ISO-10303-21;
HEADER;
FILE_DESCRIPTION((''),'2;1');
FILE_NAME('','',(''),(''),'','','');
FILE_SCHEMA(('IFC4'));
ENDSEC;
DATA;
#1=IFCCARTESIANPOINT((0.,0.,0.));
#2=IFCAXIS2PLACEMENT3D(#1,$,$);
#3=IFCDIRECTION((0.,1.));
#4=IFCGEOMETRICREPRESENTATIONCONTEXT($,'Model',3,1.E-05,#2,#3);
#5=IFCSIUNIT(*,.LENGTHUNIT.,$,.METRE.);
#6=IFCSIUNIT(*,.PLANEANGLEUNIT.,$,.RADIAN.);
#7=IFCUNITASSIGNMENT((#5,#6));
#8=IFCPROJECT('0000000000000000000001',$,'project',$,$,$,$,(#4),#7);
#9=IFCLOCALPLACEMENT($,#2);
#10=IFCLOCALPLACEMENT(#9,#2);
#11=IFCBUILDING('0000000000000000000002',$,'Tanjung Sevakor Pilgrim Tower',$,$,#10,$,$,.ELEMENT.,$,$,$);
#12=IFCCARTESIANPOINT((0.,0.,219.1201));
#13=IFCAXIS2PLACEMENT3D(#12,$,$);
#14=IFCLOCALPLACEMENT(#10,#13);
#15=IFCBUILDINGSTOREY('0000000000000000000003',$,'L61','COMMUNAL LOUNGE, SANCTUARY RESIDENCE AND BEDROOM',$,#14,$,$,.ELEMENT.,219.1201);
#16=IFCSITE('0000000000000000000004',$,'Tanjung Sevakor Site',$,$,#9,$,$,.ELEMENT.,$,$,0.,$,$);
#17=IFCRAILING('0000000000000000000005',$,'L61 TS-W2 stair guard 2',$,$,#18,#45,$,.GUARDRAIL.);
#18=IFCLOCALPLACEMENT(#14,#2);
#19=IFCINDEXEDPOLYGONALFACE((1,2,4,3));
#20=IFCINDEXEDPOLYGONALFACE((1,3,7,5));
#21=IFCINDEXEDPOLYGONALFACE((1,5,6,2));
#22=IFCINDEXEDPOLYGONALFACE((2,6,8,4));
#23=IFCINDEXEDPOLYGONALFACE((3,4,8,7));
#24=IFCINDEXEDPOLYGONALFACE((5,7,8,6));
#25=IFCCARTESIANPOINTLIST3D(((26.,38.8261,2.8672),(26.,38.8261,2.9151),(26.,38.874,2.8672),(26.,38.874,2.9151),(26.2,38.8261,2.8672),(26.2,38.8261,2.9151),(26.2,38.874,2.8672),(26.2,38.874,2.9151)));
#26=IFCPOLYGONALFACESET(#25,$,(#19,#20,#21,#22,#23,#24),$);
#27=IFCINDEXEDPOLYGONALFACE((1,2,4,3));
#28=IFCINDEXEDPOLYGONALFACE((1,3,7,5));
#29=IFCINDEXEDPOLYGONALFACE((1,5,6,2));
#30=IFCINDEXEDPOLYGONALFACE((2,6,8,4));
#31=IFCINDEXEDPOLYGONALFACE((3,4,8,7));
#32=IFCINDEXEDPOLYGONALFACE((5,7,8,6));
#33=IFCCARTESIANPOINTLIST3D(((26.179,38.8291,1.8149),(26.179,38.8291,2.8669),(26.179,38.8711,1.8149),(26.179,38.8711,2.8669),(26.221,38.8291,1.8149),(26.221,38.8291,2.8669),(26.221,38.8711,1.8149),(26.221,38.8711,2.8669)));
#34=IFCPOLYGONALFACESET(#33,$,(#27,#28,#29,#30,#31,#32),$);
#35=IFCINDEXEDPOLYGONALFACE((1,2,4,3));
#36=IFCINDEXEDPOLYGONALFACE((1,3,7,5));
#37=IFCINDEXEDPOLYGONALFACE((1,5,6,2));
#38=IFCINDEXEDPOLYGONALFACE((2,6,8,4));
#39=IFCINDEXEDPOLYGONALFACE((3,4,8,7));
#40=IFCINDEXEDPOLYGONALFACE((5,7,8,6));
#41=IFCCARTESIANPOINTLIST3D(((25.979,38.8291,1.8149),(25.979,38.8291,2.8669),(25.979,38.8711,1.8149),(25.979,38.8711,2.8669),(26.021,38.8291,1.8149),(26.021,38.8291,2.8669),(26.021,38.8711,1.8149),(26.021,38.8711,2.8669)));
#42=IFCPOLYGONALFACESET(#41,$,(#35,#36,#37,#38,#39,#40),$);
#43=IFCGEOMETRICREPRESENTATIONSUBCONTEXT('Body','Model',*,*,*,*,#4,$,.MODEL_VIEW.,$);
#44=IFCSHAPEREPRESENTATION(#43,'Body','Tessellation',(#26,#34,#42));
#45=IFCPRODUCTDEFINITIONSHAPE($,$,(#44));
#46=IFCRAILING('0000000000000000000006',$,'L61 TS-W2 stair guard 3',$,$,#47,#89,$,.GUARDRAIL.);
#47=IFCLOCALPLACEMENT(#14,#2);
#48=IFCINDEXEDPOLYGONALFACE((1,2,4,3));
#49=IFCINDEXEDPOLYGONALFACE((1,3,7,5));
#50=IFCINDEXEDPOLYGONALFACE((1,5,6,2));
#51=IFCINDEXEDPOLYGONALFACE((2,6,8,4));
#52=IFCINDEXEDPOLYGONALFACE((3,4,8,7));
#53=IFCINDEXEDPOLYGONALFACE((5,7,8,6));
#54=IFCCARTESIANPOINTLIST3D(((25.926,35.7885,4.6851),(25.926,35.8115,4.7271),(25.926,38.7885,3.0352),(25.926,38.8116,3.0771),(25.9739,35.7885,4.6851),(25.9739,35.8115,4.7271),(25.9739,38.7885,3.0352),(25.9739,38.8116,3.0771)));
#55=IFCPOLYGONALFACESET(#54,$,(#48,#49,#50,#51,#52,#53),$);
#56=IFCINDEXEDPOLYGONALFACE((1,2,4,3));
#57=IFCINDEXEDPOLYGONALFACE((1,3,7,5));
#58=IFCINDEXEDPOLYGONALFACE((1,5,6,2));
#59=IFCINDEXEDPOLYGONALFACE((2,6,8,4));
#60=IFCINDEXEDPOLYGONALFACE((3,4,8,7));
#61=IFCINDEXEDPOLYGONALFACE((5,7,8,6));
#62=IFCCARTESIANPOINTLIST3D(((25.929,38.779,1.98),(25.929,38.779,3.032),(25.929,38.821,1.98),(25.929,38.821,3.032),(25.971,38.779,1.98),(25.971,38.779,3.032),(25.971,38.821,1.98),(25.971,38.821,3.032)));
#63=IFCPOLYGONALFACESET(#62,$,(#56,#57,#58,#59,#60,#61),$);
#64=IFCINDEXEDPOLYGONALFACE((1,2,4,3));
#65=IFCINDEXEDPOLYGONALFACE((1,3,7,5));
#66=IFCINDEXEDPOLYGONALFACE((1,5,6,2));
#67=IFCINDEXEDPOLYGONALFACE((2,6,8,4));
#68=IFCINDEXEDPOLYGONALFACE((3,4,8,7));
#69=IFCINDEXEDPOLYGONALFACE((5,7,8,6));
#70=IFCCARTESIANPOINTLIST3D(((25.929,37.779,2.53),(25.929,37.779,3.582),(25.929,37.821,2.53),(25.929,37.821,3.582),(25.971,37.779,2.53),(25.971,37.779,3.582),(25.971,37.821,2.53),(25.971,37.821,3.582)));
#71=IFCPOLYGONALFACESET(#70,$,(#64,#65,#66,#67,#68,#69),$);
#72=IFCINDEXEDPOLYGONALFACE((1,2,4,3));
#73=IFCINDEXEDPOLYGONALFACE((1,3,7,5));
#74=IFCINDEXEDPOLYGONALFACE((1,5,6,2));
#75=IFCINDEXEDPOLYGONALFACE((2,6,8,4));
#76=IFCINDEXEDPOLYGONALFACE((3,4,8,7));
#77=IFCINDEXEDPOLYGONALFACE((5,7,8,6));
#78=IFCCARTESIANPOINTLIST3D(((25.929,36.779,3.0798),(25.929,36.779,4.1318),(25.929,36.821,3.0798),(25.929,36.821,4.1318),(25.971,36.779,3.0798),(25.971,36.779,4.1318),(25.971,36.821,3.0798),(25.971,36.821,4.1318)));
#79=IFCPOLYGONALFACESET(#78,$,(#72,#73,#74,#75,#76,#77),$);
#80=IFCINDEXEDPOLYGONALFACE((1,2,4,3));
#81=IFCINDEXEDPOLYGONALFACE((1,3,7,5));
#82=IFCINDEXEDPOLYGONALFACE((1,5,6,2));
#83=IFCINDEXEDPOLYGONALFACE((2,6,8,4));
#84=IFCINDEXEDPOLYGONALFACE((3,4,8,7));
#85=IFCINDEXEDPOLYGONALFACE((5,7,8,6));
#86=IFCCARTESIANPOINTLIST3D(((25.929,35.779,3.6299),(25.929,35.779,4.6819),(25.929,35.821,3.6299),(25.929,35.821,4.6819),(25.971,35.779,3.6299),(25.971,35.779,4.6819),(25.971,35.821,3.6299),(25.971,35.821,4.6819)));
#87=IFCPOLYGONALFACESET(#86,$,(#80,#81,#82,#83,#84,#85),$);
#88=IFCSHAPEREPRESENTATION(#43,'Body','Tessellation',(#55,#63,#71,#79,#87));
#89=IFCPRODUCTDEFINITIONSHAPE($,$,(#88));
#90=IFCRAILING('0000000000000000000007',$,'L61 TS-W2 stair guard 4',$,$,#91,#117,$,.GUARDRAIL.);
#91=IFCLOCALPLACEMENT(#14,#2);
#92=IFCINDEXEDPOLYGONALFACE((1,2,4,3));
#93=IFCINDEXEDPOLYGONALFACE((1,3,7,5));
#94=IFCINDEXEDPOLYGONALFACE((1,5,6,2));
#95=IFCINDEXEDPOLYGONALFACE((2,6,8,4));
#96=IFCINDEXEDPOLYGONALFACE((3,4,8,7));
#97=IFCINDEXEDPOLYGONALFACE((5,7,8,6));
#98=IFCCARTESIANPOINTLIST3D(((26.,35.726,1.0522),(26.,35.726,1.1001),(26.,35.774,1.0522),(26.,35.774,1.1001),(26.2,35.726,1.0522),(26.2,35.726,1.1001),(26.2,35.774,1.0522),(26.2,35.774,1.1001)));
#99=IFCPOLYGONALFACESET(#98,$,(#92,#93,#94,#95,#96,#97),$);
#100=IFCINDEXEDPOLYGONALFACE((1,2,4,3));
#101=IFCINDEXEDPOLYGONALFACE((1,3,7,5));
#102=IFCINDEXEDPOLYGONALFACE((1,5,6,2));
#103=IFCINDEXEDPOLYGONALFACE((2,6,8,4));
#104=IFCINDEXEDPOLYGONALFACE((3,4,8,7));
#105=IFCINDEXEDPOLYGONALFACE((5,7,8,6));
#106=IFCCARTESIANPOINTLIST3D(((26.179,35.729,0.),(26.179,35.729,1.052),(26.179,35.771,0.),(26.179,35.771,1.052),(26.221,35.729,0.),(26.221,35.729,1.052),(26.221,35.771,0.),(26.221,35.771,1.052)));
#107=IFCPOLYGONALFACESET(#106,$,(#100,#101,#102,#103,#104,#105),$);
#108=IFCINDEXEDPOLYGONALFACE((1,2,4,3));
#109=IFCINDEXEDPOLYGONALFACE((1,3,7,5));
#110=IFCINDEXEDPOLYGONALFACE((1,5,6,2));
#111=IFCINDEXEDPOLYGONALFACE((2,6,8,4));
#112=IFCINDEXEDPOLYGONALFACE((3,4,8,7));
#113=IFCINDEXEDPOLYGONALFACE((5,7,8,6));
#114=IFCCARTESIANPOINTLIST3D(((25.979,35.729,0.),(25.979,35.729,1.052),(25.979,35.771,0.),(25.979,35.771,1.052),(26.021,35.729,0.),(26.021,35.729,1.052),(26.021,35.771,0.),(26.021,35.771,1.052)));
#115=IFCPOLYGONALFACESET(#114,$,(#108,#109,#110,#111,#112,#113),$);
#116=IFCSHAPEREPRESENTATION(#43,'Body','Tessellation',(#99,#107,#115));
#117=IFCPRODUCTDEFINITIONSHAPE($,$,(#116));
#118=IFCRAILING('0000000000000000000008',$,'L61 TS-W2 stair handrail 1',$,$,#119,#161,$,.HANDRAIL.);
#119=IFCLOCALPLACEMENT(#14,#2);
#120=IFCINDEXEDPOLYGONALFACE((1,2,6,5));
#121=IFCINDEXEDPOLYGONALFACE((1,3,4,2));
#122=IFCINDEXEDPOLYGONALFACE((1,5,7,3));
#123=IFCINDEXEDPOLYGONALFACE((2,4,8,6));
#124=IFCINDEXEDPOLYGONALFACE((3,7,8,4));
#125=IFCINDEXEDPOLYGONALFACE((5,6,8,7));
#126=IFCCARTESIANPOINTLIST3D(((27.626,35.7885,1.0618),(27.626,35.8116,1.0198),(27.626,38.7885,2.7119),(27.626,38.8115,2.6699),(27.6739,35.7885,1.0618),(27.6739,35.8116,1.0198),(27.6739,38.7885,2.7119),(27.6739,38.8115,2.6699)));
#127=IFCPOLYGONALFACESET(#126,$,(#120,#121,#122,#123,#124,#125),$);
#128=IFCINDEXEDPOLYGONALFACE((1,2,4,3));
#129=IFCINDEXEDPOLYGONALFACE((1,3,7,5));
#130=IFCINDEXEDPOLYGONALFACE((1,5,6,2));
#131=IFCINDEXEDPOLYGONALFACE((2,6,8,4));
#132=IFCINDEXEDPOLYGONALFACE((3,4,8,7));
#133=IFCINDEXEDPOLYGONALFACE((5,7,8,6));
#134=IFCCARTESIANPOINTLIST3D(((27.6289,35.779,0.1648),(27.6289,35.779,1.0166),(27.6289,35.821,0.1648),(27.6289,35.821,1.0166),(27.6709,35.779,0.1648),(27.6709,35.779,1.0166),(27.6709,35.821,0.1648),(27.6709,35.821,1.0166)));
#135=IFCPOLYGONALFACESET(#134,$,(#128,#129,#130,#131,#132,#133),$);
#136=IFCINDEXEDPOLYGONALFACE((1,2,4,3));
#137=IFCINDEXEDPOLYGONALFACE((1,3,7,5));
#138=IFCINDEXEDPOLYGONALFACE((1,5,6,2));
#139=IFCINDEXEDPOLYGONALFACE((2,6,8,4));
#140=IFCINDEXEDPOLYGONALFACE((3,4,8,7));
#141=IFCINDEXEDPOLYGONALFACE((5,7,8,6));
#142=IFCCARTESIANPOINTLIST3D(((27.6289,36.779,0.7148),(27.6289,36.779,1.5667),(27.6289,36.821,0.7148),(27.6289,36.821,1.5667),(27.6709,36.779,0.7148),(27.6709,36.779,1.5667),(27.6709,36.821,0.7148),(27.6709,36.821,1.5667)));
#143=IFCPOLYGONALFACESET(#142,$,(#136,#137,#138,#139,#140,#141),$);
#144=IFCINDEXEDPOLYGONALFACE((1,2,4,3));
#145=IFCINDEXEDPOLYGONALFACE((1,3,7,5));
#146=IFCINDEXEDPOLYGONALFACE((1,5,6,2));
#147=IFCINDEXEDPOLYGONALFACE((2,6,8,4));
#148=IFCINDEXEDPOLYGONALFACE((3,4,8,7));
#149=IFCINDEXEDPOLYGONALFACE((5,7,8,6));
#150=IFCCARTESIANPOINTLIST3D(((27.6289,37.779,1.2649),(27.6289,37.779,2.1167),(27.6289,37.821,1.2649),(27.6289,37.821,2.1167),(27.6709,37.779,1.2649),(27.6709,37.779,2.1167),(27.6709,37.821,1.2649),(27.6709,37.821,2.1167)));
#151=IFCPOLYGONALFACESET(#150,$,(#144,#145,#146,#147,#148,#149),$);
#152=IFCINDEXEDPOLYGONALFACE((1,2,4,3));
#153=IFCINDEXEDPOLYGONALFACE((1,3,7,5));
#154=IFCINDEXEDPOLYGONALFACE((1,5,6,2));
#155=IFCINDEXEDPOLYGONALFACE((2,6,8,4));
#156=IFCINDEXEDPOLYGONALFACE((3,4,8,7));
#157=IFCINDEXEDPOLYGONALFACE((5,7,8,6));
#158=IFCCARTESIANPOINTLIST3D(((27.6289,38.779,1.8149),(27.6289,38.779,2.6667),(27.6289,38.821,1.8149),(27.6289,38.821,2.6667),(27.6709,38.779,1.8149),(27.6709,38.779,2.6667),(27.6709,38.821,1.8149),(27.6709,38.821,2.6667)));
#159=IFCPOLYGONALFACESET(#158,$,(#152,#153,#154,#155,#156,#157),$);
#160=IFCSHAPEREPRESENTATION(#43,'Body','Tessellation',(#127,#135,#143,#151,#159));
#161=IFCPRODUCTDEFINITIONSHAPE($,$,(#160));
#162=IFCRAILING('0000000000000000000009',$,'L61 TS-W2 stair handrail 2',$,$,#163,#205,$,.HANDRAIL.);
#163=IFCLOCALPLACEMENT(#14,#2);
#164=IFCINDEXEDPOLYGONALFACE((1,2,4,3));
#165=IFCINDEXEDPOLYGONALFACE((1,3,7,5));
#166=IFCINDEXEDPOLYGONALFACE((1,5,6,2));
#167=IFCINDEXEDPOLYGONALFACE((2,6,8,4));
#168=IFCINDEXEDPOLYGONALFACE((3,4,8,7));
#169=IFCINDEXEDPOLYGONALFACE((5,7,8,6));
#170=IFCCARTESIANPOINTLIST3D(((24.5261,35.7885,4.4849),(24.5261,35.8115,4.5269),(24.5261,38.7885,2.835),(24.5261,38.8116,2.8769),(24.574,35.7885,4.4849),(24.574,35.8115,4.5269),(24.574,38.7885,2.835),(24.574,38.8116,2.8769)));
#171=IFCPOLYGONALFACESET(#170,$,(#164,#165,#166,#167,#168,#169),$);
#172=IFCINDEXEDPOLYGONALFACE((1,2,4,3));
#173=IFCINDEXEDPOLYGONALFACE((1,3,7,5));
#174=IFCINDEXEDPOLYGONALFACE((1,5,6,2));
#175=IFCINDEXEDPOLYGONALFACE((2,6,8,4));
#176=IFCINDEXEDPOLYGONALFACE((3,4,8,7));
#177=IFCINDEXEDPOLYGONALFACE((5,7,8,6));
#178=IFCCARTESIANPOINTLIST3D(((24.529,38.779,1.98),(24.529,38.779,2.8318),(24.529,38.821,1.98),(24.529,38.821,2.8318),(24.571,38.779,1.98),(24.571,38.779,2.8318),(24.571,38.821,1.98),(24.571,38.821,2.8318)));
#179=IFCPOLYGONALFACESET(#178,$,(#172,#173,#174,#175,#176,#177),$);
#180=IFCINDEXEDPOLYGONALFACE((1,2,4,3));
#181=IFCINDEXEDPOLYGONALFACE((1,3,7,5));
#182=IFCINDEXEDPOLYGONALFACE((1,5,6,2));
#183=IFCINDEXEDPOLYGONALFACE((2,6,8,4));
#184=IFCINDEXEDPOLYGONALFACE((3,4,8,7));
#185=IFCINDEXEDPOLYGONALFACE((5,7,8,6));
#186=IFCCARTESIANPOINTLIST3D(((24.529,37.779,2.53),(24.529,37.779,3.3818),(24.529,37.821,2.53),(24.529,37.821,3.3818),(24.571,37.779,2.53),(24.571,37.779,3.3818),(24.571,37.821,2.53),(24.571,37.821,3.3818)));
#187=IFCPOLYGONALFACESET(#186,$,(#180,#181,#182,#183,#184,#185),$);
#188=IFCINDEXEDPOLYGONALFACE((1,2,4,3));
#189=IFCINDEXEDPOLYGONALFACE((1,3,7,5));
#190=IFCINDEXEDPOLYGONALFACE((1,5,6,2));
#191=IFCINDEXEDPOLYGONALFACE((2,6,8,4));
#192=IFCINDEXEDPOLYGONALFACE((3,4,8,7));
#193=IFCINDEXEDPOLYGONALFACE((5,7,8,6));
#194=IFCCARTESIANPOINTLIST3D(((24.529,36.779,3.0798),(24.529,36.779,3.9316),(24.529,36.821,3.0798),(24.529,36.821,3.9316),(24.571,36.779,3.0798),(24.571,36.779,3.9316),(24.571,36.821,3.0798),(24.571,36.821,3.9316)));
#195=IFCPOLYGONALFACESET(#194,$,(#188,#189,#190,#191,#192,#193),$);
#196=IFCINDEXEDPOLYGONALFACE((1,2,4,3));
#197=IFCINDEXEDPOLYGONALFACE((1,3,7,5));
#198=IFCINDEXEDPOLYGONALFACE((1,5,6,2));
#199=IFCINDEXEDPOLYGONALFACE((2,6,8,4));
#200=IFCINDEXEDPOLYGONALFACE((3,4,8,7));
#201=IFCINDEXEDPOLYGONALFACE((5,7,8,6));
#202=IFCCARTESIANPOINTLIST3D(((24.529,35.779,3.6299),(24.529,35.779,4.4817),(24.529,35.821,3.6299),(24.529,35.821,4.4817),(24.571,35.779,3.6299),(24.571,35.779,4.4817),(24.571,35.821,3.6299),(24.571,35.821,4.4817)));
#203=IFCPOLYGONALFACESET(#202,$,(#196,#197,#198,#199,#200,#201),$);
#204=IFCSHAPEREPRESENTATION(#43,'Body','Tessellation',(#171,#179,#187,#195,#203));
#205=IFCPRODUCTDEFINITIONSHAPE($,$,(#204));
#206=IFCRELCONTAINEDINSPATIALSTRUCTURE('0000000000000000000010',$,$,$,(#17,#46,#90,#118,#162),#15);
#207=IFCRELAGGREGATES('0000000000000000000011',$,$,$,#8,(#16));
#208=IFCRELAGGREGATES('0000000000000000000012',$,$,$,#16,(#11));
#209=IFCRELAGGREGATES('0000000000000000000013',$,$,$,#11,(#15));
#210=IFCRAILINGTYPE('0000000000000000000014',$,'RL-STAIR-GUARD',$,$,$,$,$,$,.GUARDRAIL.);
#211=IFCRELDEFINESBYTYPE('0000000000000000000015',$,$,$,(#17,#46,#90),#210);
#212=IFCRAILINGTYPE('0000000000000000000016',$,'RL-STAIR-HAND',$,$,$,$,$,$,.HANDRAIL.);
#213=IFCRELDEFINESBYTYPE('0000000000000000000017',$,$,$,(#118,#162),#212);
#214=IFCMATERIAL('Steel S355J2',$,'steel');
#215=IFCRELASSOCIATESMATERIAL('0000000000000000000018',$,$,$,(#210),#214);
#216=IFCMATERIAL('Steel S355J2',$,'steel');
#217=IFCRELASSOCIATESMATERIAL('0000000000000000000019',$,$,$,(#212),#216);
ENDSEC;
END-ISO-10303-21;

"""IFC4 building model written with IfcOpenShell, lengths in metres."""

from ifc_helpers import new_model, si_unit, direction, frame, origin, place, context, subcontext, project, spatial, rectangle, extrude, material, type_object, element, save


model = new_model("IFC4")

# Units and contexts
model_context = context("Model", 3, precision=1e-05, world=origin(), true_north=direction((0.0, 1.0)))
body_context = subcontext(model_context, "Body", "Model", "MODEL_VIEW")
ifc_project = project(units=[si_unit("LENGTHUNIT", "METRE"), si_unit("PLANEANGLEUNIT", "RADIAN")], contexts=[model_context])

# Site, building, storey
site_placement = place(None, origin())
site = spatial("IfcSite", under=ifc_project, at=site_placement, Name="Tanjung Sevakor Site", CompositionType="ELEMENT", RefElevation=0.0)
building_placement = place(site_placement, origin())
building = spatial("IfcBuilding", under=site, at=building_placement, Name="Tanjung Sevakor Pilgrim Tower", CompositionType="ELEMENT")
storey_placement = place(building_placement, frame((0.0, 0.0, 219.1201)))
storey = spatial("IfcBuildingStorey", under=building, at=storey_placement, Name="L61", Description="COMMUNAL LOUNGE, SANCTUARY RESIDENCE AND BEDROOM", CompositionType="ELEMENT", Elevation=219.1201)

# Railings
ifc_material_1 = material(Name="Steel S355J2", Category="steel")
railing_type_1 = type_object("IfcRailingType", Name="RL-STAIR-GUARD", PredefinedType="GUARDRAIL", material=ifc_material_1)
railing_1_placement = place(storey_placement, frame((26.2, 38.8501, 1.8149)))
element("IfcRailing", 1, at=railing_1_placement, inside=storey, type_object=railing_type_1, Name="L61 TS-W2 stair guard 2", PredefinedType="GUARDRAIL", context=body_context, shape_type="SweptSolid", body=[
    extrude(rectangle(XDim=0.0479, YDim=0.0479), frame((0.0, 0.0, 1.0762), z_axis=(-1.0, 0.0, 0.0), x_axis=(0.0, -1.0, 0.0)), (0.0, 0.0, 1.0), 0.2),
    extrude(rectangle(XDim=0.042, YDim=0.042), origin(), (0.0, 0.0, 1.0), 1.052),
    extrude(rectangle(XDim=0.042, YDim=0.042), frame((-0.2, 0.0, 0.0)), (0.0, 0.0, 1.0), 1.052),
])
railing_2_placement = place(storey_placement, frame((25.95, 38.8, 1.98)))
element("IfcRailing", 2, at=railing_2_placement, inside=storey, type_object=railing_type_1, Name="L61 TS-W2 stair guard 3", PredefinedType="GUARDRAIL", context=body_context, shape_type="SweptSolid", body=[
    extrude(rectangle(XDim=0.0479, YDim=0.0479), frame((0.0, 0.0, 1.0762), z_axis=(0.0, -0.876228, 0.481897), x_axis=(1.0, 0.0, 0.0)), (0.0, 0.0, 1.0), 3.4238),
    extrude(rectangle(XDim=0.042, YDim=0.042), origin(), (0.0, 0.0, 1.0), 1.052),
    extrude(rectangle(XDim=0.042, YDim=0.042), frame((0.0, -1.0, 0.55)), (0.0, 0.0, 1.0), 1.052),
    extrude(rectangle(XDim=0.042, YDim=0.042), frame((0.0, -2.0, 1.0999)), (0.0, 0.0, 1.0), 1.052),
    extrude(rectangle(XDim=0.042, YDim=0.042), frame((0.0, -3.0, 1.6499)), (0.0, 0.0, 1.0), 1.052),
])
railing_3_placement = place(storey_placement, frame((26.2, 35.75, 0.0)))
element("IfcRailing", 3, at=railing_3_placement, inside=storey, type_object=railing_type_1, Name="L61 TS-W2 stair guard 4", PredefinedType="GUARDRAIL", context=body_context, shape_type="SweptSolid", body=[
    extrude(rectangle(XDim=0.0479, YDim=0.0479), frame((0.0, 0.0, 1.0762), z_axis=(-1.0, 0.0, 0.0), x_axis=(0.0, -1.0, 0.0)), (0.0, 0.0, 1.0), 0.2),
    extrude(rectangle(XDim=0.042, YDim=0.042), origin(), (0.0, 0.0, 1.0), 1.052),
    extrude(rectangle(XDim=0.042, YDim=0.042), frame((-0.2, 0.0, 0.0)), (0.0, 0.0, 1.0), 1.052),
])
ifc_material_2 = material(Name="Steel S355J2", Category="steel")
railing_type_2 = type_object("IfcRailingType", Name="RL-STAIR-HAND", PredefinedType="HANDRAIL", material=ifc_material_2)
railing_4_placement = place(storey_placement, frame((27.6499, 35.8, 0.1648)))
element("IfcRailing", 4, at=railing_4_placement, inside=storey, type_object=railing_type_2, Name="L61 TS-W2 stair handrail 1", PredefinedType="HANDRAIL", context=body_context, shape_type="SweptSolid", body=[
    extrude(rectangle(XDim=0.0479, YDim=0.0479), frame((0.0, 0.0, 0.876), z_axis=(0.0, 0.876198, 0.481952), x_axis=(-1.0, 0.0, 0.0)), (0.0, 0.0, 1.0), 3.4238),
    extrude(rectangle(XDim=0.042, YDim=0.042), origin(), (0.0, 0.0, 1.0), 0.8518),
    extrude(rectangle(XDim=0.042, YDim=0.042), frame((0.0, 1.0, 0.55)), (0.0, 0.0, 1.0), 0.8518),
    extrude(rectangle(XDim=0.042, YDim=0.042), frame((0.0, 2.0, 1.1001)), (0.0, 0.0, 1.0), 0.8518),
    extrude(rectangle(XDim=0.042, YDim=0.042), frame((0.0, 3.0, 1.6501)), (0.0, 0.0, 1.0), 0.8518),
])
railing_5_placement = place(storey_placement, frame((24.55, 38.8, 1.98)))
element("IfcRailing", 5, at=railing_5_placement, inside=storey, type_object=railing_type_2, Name="L61 TS-W2 stair handrail 2", PredefinedType="HANDRAIL", context=body_context, shape_type="SweptSolid", body=[
    extrude(rectangle(XDim=0.0479, YDim=0.0479), frame((0.0, 0.0, 0.876), z_axis=(0.0, -0.876228, 0.481897), x_axis=(1.0, 0.0, 0.0)), (0.0, 0.0, 1.0), 3.4238),
    extrude(rectangle(XDim=0.042, YDim=0.042), origin(), (0.0, 0.0, 1.0), 0.8518),
    extrude(rectangle(XDim=0.042, YDim=0.042), frame((0.0, -1.0, 0.55)), (0.0, 0.0, 1.0), 0.8518),
    extrude(rectangle(XDim=0.042, YDim=0.042), frame((0.0, -2.0, 1.0999)), (0.0, 0.0, 1.0), 0.8518),
    extrude(rectangle(XDim=0.042, YDim=0.042), frame((0.0, -3.0, 1.6499)), (0.0, 0.0, 1.0), 0.8518),
])

save(model, "model.ifc")
